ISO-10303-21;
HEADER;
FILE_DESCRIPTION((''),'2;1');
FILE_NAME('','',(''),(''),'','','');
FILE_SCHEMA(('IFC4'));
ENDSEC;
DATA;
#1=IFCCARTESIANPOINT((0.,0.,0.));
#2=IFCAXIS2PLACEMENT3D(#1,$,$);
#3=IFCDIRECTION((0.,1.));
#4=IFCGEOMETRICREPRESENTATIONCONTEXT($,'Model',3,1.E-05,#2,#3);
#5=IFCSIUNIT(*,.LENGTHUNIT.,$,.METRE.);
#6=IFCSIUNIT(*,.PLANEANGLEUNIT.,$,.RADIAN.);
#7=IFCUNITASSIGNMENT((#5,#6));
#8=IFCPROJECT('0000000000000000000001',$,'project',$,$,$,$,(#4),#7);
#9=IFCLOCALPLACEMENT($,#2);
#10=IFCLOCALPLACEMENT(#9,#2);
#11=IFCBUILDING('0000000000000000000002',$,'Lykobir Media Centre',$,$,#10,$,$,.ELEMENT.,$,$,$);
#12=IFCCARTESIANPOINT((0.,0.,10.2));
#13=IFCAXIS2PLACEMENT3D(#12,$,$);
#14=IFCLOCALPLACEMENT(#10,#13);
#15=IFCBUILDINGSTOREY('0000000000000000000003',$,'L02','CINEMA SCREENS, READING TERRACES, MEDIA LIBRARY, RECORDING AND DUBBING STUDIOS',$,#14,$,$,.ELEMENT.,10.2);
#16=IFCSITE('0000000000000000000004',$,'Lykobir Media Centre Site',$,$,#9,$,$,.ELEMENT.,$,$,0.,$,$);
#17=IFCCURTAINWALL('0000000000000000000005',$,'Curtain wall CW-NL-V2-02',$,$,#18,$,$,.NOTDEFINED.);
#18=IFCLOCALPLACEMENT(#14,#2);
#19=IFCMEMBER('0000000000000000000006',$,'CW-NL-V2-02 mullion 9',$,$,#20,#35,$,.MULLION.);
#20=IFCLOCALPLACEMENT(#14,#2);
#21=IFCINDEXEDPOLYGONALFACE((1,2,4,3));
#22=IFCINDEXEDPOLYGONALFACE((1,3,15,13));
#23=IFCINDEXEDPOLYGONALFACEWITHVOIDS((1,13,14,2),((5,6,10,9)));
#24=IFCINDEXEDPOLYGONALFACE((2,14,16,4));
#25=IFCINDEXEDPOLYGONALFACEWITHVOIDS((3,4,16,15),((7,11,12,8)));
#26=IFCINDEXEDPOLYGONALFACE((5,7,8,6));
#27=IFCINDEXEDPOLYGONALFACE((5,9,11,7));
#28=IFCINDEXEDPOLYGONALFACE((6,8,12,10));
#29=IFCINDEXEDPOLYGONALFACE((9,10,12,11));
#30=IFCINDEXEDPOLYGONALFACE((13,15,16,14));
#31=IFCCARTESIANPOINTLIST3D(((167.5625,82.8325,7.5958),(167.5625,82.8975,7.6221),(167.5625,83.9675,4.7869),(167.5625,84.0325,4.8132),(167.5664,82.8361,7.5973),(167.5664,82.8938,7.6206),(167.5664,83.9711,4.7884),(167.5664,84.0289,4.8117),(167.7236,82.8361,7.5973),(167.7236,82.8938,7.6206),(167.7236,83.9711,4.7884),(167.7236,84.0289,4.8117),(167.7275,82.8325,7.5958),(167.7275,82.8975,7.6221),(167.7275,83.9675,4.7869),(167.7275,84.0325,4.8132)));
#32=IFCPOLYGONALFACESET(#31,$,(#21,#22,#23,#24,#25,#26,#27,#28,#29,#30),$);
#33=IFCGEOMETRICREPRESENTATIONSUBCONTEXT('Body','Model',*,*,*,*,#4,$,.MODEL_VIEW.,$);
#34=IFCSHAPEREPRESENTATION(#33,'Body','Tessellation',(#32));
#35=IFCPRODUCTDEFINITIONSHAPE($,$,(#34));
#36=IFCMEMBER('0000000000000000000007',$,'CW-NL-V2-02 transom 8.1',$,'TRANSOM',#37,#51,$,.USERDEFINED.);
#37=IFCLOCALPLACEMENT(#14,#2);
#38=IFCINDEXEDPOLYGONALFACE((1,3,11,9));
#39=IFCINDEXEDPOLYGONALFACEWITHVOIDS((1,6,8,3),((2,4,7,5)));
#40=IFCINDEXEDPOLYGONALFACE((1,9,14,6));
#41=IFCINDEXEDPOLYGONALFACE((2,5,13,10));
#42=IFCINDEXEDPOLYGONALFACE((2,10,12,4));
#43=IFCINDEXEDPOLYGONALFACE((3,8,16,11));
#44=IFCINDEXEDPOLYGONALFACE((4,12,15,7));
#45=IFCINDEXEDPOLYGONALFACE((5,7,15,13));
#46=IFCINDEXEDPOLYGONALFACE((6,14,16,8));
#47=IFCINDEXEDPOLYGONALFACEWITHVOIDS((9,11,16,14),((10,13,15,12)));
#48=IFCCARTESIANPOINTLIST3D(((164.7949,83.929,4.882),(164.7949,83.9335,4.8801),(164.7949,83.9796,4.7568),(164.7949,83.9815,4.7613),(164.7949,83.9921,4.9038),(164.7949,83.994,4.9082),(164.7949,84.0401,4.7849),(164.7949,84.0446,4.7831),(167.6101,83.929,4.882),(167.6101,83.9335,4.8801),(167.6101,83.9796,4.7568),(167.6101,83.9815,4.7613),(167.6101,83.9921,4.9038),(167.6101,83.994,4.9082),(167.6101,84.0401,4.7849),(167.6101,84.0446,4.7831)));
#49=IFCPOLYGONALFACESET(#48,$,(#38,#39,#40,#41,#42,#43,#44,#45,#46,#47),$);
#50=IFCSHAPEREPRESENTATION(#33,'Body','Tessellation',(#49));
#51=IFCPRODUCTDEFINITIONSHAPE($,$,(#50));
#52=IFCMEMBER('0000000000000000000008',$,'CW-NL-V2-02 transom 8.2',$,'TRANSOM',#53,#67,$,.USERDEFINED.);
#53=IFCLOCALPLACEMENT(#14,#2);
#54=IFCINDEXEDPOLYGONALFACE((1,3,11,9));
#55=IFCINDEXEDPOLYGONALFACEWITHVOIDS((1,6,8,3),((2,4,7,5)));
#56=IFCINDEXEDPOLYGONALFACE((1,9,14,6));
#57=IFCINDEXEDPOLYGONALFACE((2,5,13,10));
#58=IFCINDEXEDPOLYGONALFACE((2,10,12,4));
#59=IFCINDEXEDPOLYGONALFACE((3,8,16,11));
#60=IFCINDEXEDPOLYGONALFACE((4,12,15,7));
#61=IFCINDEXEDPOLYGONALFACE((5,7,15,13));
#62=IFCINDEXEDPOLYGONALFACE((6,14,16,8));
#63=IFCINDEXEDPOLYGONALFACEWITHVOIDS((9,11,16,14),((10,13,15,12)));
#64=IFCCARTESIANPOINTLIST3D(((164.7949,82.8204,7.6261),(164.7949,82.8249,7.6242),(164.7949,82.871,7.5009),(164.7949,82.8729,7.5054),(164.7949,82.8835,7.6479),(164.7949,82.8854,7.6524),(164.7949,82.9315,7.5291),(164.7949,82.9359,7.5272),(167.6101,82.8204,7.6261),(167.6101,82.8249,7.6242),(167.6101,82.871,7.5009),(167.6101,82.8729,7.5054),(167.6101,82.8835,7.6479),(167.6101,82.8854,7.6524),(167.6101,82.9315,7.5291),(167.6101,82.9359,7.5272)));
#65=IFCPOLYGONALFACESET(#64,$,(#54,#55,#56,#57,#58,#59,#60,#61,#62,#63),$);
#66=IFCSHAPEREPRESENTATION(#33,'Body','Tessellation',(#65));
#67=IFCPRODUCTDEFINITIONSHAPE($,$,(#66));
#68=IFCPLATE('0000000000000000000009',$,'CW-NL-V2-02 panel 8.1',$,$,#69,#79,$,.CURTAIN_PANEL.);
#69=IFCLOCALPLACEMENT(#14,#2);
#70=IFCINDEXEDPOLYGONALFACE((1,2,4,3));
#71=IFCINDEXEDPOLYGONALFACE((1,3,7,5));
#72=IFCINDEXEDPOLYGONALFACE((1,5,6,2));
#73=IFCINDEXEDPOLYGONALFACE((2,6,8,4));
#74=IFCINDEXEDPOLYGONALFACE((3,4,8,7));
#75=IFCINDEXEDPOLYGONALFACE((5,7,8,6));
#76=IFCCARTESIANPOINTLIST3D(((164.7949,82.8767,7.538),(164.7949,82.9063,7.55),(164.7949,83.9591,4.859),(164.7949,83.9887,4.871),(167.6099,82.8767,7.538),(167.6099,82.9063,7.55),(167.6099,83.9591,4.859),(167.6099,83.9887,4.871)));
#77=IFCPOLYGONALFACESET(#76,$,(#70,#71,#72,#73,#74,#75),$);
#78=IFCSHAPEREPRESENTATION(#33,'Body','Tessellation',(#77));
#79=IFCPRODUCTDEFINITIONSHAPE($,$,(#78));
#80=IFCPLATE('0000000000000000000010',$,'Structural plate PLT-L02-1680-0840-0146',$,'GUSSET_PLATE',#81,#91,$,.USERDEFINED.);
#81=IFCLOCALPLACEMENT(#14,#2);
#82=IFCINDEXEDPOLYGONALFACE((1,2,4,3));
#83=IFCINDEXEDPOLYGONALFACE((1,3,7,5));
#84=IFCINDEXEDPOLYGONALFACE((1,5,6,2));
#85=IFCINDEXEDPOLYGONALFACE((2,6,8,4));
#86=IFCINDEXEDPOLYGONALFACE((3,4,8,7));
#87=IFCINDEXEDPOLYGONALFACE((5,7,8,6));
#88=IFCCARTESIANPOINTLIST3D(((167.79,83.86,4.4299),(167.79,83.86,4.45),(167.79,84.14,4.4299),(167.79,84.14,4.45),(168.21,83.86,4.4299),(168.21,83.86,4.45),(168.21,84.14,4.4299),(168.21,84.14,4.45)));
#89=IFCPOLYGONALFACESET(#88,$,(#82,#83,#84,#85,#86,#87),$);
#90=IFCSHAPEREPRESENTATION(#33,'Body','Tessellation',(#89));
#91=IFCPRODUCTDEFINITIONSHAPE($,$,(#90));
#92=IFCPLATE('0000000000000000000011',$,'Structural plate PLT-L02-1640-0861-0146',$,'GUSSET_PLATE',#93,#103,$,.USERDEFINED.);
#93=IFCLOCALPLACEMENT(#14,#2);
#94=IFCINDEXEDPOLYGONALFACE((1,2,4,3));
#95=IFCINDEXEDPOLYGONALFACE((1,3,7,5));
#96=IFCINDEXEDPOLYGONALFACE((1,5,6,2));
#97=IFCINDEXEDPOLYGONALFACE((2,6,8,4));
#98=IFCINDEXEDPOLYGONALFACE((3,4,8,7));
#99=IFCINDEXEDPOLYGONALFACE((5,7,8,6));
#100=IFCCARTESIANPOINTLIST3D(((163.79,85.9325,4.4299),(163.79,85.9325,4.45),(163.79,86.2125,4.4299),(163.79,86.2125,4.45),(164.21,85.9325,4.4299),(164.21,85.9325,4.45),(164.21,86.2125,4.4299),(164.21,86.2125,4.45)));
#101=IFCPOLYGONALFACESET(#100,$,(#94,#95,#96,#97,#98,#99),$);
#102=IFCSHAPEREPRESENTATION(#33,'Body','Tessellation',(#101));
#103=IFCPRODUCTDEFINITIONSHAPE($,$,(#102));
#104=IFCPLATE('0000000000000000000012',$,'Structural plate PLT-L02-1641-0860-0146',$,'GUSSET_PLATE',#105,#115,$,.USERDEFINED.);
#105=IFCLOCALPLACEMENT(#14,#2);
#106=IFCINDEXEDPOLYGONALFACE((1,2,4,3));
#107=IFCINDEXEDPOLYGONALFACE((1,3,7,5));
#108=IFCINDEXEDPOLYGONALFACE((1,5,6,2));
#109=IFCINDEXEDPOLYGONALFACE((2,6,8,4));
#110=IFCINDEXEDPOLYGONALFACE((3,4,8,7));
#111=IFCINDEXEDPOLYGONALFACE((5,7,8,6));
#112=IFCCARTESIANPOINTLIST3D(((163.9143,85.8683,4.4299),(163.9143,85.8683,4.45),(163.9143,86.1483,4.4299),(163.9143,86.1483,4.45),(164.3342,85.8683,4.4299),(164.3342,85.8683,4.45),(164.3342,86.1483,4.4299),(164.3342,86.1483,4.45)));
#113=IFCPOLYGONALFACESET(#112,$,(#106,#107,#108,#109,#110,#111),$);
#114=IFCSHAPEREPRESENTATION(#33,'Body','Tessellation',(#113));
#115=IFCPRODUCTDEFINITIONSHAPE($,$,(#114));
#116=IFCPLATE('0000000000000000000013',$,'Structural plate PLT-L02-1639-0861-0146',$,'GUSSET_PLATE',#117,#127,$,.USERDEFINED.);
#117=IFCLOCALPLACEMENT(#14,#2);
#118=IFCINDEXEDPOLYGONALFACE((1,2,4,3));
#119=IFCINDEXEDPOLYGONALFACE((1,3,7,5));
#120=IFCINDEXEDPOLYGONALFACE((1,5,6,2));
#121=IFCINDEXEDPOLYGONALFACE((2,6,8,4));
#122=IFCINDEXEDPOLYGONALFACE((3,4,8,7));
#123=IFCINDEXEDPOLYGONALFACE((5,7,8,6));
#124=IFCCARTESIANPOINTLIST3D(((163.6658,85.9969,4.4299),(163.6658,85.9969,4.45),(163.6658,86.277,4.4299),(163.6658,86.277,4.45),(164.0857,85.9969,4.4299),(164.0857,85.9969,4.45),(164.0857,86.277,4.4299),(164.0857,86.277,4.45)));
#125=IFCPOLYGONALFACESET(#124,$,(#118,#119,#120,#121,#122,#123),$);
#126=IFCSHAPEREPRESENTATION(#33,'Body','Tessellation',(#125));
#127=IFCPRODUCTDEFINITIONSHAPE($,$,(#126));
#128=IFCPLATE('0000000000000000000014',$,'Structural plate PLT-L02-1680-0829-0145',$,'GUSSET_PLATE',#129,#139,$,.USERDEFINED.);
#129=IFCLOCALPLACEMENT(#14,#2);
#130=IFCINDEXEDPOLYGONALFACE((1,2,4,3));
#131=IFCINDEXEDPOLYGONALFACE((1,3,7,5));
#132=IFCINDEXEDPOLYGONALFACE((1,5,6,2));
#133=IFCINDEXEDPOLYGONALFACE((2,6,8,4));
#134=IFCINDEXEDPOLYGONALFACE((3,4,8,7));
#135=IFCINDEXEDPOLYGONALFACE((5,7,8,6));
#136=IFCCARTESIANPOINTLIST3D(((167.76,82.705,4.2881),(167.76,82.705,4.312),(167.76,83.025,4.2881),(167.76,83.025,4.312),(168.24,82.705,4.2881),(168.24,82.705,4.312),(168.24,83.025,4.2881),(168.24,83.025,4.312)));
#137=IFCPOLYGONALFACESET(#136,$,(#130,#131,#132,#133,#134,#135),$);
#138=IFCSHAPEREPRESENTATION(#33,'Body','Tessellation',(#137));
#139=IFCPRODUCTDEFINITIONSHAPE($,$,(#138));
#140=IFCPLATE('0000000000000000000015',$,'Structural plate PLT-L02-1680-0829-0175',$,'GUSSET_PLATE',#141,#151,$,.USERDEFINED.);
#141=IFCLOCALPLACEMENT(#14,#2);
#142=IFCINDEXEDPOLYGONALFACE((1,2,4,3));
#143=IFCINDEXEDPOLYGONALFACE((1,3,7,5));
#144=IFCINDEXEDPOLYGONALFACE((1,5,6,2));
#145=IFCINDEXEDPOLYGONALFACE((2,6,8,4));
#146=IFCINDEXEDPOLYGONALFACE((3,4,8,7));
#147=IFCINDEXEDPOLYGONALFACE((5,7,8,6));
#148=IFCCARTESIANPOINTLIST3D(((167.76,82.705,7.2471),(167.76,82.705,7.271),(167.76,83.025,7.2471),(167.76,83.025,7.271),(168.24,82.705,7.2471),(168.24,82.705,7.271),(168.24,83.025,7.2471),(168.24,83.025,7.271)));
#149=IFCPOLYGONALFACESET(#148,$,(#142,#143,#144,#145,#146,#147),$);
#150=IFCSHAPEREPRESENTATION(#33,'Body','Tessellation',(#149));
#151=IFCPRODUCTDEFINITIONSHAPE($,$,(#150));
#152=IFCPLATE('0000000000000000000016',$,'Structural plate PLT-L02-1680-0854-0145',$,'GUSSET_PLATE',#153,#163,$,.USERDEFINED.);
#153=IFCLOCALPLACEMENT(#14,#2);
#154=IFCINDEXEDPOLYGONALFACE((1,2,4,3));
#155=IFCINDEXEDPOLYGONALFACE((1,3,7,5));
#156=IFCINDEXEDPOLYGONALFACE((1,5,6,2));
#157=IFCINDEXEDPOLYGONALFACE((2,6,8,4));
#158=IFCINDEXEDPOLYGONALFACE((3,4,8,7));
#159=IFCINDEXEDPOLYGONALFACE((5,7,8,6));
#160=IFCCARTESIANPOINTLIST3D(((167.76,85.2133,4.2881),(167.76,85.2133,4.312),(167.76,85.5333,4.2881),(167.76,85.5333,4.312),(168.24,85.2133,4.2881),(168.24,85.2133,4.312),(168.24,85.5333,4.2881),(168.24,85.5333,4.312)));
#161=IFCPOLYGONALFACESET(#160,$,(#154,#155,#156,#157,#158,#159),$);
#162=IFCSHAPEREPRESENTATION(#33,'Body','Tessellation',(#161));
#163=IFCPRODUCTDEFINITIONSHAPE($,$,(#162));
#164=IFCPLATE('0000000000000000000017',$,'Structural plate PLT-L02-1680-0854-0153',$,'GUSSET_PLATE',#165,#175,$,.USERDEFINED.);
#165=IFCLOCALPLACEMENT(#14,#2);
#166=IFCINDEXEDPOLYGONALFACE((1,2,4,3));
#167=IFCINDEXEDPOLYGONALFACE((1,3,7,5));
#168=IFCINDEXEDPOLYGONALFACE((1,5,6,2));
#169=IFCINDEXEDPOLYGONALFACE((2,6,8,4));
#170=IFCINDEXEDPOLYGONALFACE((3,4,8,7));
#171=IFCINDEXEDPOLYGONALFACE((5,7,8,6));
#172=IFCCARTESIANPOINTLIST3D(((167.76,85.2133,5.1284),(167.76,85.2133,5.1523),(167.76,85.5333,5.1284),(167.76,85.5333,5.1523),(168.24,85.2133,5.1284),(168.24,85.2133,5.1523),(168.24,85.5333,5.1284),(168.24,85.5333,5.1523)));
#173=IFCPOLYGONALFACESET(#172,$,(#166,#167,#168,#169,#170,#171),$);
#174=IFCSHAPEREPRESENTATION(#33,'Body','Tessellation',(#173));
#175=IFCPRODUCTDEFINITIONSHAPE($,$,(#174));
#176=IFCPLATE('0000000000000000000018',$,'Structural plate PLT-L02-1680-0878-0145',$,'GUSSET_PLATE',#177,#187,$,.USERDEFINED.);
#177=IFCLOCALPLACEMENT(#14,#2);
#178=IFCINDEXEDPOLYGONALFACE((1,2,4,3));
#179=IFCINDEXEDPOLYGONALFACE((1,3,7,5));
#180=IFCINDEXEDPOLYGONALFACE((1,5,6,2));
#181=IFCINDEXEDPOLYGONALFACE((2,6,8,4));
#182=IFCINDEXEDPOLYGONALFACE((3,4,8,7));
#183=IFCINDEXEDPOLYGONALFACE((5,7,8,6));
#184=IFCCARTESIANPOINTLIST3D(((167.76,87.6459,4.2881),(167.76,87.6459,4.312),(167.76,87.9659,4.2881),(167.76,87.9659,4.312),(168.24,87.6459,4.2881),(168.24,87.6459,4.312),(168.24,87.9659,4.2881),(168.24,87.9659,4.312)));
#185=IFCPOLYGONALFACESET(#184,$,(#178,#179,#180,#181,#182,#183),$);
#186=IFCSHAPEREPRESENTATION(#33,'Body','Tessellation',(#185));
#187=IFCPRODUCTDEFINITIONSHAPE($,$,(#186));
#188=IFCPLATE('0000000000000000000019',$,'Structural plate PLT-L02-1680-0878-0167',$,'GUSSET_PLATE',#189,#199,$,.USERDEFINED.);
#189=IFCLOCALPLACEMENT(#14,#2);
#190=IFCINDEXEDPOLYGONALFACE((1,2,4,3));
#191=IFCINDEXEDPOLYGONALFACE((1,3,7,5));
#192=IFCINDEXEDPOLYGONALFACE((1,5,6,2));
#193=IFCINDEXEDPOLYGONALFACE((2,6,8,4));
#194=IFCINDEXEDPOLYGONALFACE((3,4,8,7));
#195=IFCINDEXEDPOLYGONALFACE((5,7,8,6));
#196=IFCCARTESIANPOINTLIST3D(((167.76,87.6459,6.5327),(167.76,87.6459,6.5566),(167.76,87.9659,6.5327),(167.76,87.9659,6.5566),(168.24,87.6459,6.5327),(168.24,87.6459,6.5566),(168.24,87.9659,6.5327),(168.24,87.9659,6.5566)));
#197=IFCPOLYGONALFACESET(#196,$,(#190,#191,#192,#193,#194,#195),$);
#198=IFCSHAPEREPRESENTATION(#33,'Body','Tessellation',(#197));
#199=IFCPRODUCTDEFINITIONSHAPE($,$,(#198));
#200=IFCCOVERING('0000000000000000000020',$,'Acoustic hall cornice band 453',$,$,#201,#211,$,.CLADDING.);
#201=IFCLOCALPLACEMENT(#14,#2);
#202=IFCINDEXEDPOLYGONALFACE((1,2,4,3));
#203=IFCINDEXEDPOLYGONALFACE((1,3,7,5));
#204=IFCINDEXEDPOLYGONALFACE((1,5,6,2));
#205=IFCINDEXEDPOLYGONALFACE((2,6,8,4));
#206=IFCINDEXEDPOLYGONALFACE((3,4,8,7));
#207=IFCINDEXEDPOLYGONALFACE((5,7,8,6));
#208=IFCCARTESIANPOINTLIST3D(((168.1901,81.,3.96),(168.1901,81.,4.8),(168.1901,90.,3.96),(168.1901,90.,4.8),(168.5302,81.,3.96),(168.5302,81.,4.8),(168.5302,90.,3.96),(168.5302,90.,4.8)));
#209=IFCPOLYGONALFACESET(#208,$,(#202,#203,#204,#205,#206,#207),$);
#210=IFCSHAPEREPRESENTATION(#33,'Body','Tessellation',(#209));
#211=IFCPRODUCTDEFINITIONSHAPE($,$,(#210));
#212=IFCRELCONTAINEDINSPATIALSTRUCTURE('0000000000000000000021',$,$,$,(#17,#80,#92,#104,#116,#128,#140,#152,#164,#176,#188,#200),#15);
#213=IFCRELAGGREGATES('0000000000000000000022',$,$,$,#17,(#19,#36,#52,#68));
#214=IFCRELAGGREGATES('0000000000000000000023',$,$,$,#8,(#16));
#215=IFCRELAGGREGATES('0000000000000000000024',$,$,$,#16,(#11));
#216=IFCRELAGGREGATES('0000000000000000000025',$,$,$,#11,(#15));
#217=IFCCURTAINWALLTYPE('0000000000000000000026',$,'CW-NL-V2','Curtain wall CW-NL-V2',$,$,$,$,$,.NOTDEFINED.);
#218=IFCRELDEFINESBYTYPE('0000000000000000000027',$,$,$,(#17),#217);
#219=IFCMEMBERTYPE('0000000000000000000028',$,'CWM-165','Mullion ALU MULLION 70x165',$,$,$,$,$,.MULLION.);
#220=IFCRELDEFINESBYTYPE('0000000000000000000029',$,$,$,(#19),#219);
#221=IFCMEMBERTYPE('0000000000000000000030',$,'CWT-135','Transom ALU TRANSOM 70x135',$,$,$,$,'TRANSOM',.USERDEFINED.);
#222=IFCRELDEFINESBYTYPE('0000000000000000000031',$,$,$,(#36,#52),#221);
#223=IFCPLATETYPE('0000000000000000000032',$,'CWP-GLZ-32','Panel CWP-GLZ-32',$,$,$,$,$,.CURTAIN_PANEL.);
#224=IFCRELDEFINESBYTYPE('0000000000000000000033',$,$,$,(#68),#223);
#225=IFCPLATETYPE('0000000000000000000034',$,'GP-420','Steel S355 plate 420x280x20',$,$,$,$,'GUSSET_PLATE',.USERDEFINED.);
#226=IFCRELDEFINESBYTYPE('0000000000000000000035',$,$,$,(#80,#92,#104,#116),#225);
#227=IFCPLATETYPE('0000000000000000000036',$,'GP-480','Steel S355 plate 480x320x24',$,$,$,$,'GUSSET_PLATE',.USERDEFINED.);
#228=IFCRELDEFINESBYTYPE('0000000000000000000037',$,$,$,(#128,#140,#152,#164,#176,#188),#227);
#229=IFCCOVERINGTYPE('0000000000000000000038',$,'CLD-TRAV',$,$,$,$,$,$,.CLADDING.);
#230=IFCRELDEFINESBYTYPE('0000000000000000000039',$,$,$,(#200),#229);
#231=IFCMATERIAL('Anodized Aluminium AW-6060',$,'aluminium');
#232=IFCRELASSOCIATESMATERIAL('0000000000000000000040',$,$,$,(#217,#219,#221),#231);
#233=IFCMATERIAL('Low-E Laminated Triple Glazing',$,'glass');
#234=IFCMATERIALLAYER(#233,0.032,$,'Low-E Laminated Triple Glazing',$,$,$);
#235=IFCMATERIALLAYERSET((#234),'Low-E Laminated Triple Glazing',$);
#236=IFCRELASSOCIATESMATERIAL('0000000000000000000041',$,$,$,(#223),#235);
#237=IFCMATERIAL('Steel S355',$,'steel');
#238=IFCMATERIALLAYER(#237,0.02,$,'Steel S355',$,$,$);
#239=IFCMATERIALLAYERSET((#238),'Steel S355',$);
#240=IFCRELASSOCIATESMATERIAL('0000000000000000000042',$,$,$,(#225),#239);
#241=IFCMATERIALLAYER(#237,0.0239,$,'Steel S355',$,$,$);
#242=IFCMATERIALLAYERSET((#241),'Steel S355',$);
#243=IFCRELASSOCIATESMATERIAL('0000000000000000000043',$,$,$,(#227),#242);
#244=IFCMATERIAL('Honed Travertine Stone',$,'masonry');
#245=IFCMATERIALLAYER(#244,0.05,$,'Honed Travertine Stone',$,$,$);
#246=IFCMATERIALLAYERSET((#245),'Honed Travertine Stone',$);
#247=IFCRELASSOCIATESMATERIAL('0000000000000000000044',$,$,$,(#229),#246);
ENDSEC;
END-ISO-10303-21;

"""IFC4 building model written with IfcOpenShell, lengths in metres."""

from ifc_helpers import new_model, si_unit, direction, frame, origin, origin_2d, place, context, subcontext, project, spatial, rectangle, hollow_rectangle, extrude, material, layer, layer_set, material_profile, profile_set, type_object, element, aggregate, save


model = new_model("IFC4")

# Units and contexts
model_context = context("Model", 3, precision=1e-05, world=origin(), true_north=direction((0.0, 1.0)))
body_context = subcontext(model_context, "Body", "Model", "MODEL_VIEW")
ifc_project = project(units=[si_unit("LENGTHUNIT", "METRE"), si_unit("PLANEANGLEUNIT", "RADIAN")], contexts=[model_context])

# Site, building, storey
site_placement = place(None, origin())
site = spatial("IfcSite", under=ifc_project, at=site_placement, Name="Lykobir Media Centre Site", CompositionType="ELEMENT", RefElevation=0.0)
building_placement = place(site_placement, origin())
building = spatial("IfcBuilding", under=site, at=building_placement, Name="Lykobir Media Centre", CompositionType="ELEMENT")
storey_placement = place(building_placement, frame((0.0, 0.0, 10.2)))
storey = spatial("IfcBuildingStorey", under=building, at=storey_placement, Name="L02", Description="CINEMA SCREENS, READING TERRACES, MEDIA LIBRARY, RECORDING AND DUBBING STUDIOS", CompositionType="ELEMENT", Elevation=10.2)

# Shared definitions
ifc_material_1 = material(Name="Honed Travertine Stone", Category="masonry")

# Shared definitions
ifc_material_2 = material(Name="Steel S355", Category="steel")

# Curtain wall, members, plate
ifc_material_3 = material(Name="Anodized Aluminium AW-6060", Category="aluminium")
curtain_wall_type = type_object("IfcCurtainWallType", Name="CW-NL-V2", Description="Curtain wall CW-NL-V2", PredefinedType="NOTDEFINED", material=ifc_material_3)
curtain_wall_placement = place(storey_placement, origin())
curtain_wall = element("IfcCurtainWall", 1, at=curtain_wall_placement, inside=storey, type_object=curtain_wall_type, Name="Curtain wall CW-NL-V2-02", PredefinedType="NOTDEFINED")
ifc_material_profile_1 = material_profile(ifc_material_3, hollow_rectangle(XDim=0.0701, YDim=0.165, WallThickness=0.0039, at=origin_2d()), Name="ALU MULLION 70x165")
ifc_profile_set_1 = profile_set([ifc_material_profile_1], Name="Anodized Aluminium AW-6060")
member_type_1 = type_object("IfcMemberType", Name="CWM-165", Description="Mullion ALU MULLION 70x165", PredefinedType="MULLION", material=ifc_profile_set_1)
member_1_placement = place(storey_placement, frame((167.645, 84.0, 4.8), z_axis=(0.0, -0.374654, 0.927165), x_axis=(0.0, 0.927165, 0.374654)))
member_1 = element("IfcMember", 2, at=member_1_placement, type_object=member_type_1, Name="CW-NL-V2-02 mullion 9", PredefinedType="MULLION", context=body_context, shape_type="SweptSolid", body=[
    extrude(hollow_rectangle(XDim=0.0701, YDim=0.165, WallThickness=0.0039, at=origin_2d()), origin(), (0.0, 0.0, 1.0), 3.0295),
])
ifc_material_profile_2 = material_profile(ifc_material_3, hollow_rectangle(XDim=0.0701, YDim=0.135, WallThickness=0.0034, at=origin_2d()), Name="ALU TRANSOM 70x135")
ifc_profile_set_2 = profile_set([ifc_material_profile_2], Name="Anodized Aluminium AW-6060")
member_type_2 = type_object("IfcMemberType", Name="CWT-135", Description="Transom ALU TRANSOM 70x135", ElementType="TRANSOM", PredefinedType="USERDEFINED", material=ifc_profile_set_2)
member_2_placement = place(storey_placement, frame((164.7949, 83.9868, 4.8325), z_axis=(1.0, 0.0, 0.0), x_axis=(0.0, 0.927184, 0.374607)))
member_2 = element("IfcMember", 3, at=member_2_placement, type_object=member_type_2, Name="CW-NL-V2-02 transom 8.1", ObjectType="TRANSOM", PredefinedType="USERDEFINED", context=body_context, shape_type="SweptSolid", body=[
    extrude(hollow_rectangle(XDim=0.0701, YDim=0.135, WallThickness=0.0034, at=origin_2d()), origin(), (0.0, 0.0, 1.0), 2.8152),
])
member_3_placement = place(storey_placement, frame((164.7949, 82.8782, 7.5767), z_axis=(1.0, 0.0, 0.0), x_axis=(0.0, 0.927184, 0.374607)))
member_3 = element("IfcMember", 4, at=member_3_placement, type_object=member_type_2, Name="CW-NL-V2-02 transom 8.2", ObjectType="TRANSOM", PredefinedType="USERDEFINED", context=body_context, shape_type="SweptSolid", body=[
    extrude(hollow_rectangle(XDim=0.0701, YDim=0.135, WallThickness=0.0034, at=origin_2d()), origin(), (0.0, 0.0, 1.0), 2.8152),
])
ifc_material_4 = material(Name="Low-E Laminated Triple Glazing", Category="glass")
ifc_layer_1 = layer(ifc_material_4, 0.032, Name="Low-E Laminated Triple Glazing")
ifc_layer_set_1 = layer_set([ifc_layer_1], Name="Low-E Laminated Triple Glazing")
plate_type_1 = type_object("IfcPlateType", Name="CWP-GLZ-32", Description="Panel CWP-GLZ-32", PredefinedType="CURTAIN_PANEL", material=ifc_layer_set_1)
plate_placement = place(storey_placement, frame((166.2024, 83.9739, 4.865), z_axis=(0.0, -0.374607, 0.927184), x_axis=(1.0, 0.0, 0.0)))
plate = element("IfcPlate", 5, at=plate_placement, type_object=plate_type_1, Name="CW-NL-V2-02 panel 8.1", PredefinedType="CURTAIN_PANEL", context=body_context, shape_type="SweptSolid", body=[
    extrude(rectangle(XDim=2.8149, YDim=0.032, at=origin_2d()), origin(), (0.0, 0.0, 1.0), 2.8894),
])
aggregate(curtain_wall, [member_1, member_2, member_3, plate])

# Plates
ifc_layer_2 = layer(ifc_material_2, 0.02, Name="Steel S355")
ifc_layer_set_2 = layer_set([ifc_layer_2], Name="Steel S355")
plate_type_2 = type_object("IfcPlateType", Name="GP-420", Description="Steel S355 plate 420x280x20", ElementType="GUSSET_PLATE", PredefinedType="USERDEFINED", material=ifc_layer_set_2)
for number, where, z_axis, x_axis, name in (
    (6, (168.0, 84.0, 4.4299), (0.0, 0.0, 1.0), (1.0, 0.0, 0.0), "Structural plate PLT-L02-1680-0840-0146"),
    (7, (164.0, 86.0725, 4.4299), (0.0, 0.0, 1.0), (1.0, 0.0, 0.0), "Structural plate PLT-L02-1640-0861-0146"),
    (8, (164.1243, 86.0083, 4.4299), (0.0, 0.0, 1.0), (1.0, 0.0, 0.0), "Structural plate PLT-L02-1641-0860-0146"),
    (9, (163.8757, 86.137, 4.4299), (0.0, 0.0, 1.0), (1.0, 0.0, 0.0), "Structural plate PLT-L02-1639-0861-0146"),
):
    element("IfcPlate", number, at=place(storey_placement, frame(where, z_axis=z_axis, x_axis=x_axis)), inside=storey, type_object=plate_type_2, Name=name, ObjectType="GUSSET_PLATE", PredefinedType="USERDEFINED", context=body_context, shape_type="SweptSolid", body=[
        extrude(rectangle(XDim=0.4199, YDim=0.28, at=origin_2d()), origin(), (0.0, 0.0, 1.0), 0.02),
    ])
ifc_layer_3 = layer(ifc_material_2, 0.0239, Name="Steel S355")
ifc_layer_set_3 = layer_set([ifc_layer_3], Name="Steel S355")
plate_type_3 = type_object("IfcPlateType", Name="GP-480", Description="Steel S355 plate 480x320x24", ElementType="GUSSET_PLATE", PredefinedType="USERDEFINED", material=ifc_layer_set_3)
for number, where, z_axis, x_axis, name in (
    (10, (168.0, 82.865, 4.2881), (0.0, 0.0, 1.0), (1.0, 0.0, 0.0), "Structural plate PLT-L02-1680-0829-0145"),
    (11, (168.0, 82.865, 7.2471), (0.0, 0.0, 1.0), (1.0, 0.0, 0.0), "Structural plate PLT-L02-1680-0829-0175"),
    (12, (168.0, 85.3733, 4.2881), (0.0, 0.0, 1.0), (1.0, 0.0, 0.0), "Structural plate PLT-L02-1680-0854-0145"),
    (13, (168.0, 85.3733, 5.1284), (0.0, 0.0, 1.0), (1.0, 0.0, 0.0), "Structural plate PLT-L02-1680-0854-0153"),
    (14, (168.0, 87.8059, 4.2881), (0.0, 0.0, 1.0), (1.0, 0.0, 0.0), "Structural plate PLT-L02-1680-0878-0145"),
    (15, (168.0, 87.8059, 6.5327), (0.0, 0.0, 1.0), (1.0, 0.0, 0.0), "Structural plate PLT-L02-1680-0878-0167"),
):
    element("IfcPlate", number, at=place(storey_placement, frame(where, z_axis=z_axis, x_axis=x_axis)), inside=storey, type_object=plate_type_3, Name=name, ObjectType="GUSSET_PLATE", PredefinedType="USERDEFINED", context=body_context, shape_type="SweptSolid", body=[
        extrude(rectangle(XDim=0.48, YDim=0.3201, at=origin_2d()), origin(), (0.0, 0.0, 1.0), 0.0239),
    ])

# Covering
ifc_layer_4 = layer(ifc_material_1, 0.05, Name="Honed Travertine Stone")
ifc_layer_set_4 = layer_set([ifc_layer_4], Name="Honed Travertine Stone")
covering_type = type_object("IfcCoveringType", Name="CLD-TRAV", PredefinedType="CLADDING", material=ifc_layer_set_4)
covering_placement = place(storey_placement, frame((168.3601, 85.5, 3.96), z_axis=(0.0, 0.0, 1.0), x_axis=(0.0, 1.0, 0.0)))
element("IfcCovering", 16, at=covering_placement, inside=storey, type_object=covering_type, Name="Acoustic hall cornice band 453", PredefinedType="CLADDING", context=body_context, shape_type="SweptSolid", body=[
    extrude(rectangle(XDim=9.0, YDim=0.3401, at=origin_2d()), origin(), (0.0, 0.0, 1.0), 0.8401),
])

save(model, "model.ifc")
